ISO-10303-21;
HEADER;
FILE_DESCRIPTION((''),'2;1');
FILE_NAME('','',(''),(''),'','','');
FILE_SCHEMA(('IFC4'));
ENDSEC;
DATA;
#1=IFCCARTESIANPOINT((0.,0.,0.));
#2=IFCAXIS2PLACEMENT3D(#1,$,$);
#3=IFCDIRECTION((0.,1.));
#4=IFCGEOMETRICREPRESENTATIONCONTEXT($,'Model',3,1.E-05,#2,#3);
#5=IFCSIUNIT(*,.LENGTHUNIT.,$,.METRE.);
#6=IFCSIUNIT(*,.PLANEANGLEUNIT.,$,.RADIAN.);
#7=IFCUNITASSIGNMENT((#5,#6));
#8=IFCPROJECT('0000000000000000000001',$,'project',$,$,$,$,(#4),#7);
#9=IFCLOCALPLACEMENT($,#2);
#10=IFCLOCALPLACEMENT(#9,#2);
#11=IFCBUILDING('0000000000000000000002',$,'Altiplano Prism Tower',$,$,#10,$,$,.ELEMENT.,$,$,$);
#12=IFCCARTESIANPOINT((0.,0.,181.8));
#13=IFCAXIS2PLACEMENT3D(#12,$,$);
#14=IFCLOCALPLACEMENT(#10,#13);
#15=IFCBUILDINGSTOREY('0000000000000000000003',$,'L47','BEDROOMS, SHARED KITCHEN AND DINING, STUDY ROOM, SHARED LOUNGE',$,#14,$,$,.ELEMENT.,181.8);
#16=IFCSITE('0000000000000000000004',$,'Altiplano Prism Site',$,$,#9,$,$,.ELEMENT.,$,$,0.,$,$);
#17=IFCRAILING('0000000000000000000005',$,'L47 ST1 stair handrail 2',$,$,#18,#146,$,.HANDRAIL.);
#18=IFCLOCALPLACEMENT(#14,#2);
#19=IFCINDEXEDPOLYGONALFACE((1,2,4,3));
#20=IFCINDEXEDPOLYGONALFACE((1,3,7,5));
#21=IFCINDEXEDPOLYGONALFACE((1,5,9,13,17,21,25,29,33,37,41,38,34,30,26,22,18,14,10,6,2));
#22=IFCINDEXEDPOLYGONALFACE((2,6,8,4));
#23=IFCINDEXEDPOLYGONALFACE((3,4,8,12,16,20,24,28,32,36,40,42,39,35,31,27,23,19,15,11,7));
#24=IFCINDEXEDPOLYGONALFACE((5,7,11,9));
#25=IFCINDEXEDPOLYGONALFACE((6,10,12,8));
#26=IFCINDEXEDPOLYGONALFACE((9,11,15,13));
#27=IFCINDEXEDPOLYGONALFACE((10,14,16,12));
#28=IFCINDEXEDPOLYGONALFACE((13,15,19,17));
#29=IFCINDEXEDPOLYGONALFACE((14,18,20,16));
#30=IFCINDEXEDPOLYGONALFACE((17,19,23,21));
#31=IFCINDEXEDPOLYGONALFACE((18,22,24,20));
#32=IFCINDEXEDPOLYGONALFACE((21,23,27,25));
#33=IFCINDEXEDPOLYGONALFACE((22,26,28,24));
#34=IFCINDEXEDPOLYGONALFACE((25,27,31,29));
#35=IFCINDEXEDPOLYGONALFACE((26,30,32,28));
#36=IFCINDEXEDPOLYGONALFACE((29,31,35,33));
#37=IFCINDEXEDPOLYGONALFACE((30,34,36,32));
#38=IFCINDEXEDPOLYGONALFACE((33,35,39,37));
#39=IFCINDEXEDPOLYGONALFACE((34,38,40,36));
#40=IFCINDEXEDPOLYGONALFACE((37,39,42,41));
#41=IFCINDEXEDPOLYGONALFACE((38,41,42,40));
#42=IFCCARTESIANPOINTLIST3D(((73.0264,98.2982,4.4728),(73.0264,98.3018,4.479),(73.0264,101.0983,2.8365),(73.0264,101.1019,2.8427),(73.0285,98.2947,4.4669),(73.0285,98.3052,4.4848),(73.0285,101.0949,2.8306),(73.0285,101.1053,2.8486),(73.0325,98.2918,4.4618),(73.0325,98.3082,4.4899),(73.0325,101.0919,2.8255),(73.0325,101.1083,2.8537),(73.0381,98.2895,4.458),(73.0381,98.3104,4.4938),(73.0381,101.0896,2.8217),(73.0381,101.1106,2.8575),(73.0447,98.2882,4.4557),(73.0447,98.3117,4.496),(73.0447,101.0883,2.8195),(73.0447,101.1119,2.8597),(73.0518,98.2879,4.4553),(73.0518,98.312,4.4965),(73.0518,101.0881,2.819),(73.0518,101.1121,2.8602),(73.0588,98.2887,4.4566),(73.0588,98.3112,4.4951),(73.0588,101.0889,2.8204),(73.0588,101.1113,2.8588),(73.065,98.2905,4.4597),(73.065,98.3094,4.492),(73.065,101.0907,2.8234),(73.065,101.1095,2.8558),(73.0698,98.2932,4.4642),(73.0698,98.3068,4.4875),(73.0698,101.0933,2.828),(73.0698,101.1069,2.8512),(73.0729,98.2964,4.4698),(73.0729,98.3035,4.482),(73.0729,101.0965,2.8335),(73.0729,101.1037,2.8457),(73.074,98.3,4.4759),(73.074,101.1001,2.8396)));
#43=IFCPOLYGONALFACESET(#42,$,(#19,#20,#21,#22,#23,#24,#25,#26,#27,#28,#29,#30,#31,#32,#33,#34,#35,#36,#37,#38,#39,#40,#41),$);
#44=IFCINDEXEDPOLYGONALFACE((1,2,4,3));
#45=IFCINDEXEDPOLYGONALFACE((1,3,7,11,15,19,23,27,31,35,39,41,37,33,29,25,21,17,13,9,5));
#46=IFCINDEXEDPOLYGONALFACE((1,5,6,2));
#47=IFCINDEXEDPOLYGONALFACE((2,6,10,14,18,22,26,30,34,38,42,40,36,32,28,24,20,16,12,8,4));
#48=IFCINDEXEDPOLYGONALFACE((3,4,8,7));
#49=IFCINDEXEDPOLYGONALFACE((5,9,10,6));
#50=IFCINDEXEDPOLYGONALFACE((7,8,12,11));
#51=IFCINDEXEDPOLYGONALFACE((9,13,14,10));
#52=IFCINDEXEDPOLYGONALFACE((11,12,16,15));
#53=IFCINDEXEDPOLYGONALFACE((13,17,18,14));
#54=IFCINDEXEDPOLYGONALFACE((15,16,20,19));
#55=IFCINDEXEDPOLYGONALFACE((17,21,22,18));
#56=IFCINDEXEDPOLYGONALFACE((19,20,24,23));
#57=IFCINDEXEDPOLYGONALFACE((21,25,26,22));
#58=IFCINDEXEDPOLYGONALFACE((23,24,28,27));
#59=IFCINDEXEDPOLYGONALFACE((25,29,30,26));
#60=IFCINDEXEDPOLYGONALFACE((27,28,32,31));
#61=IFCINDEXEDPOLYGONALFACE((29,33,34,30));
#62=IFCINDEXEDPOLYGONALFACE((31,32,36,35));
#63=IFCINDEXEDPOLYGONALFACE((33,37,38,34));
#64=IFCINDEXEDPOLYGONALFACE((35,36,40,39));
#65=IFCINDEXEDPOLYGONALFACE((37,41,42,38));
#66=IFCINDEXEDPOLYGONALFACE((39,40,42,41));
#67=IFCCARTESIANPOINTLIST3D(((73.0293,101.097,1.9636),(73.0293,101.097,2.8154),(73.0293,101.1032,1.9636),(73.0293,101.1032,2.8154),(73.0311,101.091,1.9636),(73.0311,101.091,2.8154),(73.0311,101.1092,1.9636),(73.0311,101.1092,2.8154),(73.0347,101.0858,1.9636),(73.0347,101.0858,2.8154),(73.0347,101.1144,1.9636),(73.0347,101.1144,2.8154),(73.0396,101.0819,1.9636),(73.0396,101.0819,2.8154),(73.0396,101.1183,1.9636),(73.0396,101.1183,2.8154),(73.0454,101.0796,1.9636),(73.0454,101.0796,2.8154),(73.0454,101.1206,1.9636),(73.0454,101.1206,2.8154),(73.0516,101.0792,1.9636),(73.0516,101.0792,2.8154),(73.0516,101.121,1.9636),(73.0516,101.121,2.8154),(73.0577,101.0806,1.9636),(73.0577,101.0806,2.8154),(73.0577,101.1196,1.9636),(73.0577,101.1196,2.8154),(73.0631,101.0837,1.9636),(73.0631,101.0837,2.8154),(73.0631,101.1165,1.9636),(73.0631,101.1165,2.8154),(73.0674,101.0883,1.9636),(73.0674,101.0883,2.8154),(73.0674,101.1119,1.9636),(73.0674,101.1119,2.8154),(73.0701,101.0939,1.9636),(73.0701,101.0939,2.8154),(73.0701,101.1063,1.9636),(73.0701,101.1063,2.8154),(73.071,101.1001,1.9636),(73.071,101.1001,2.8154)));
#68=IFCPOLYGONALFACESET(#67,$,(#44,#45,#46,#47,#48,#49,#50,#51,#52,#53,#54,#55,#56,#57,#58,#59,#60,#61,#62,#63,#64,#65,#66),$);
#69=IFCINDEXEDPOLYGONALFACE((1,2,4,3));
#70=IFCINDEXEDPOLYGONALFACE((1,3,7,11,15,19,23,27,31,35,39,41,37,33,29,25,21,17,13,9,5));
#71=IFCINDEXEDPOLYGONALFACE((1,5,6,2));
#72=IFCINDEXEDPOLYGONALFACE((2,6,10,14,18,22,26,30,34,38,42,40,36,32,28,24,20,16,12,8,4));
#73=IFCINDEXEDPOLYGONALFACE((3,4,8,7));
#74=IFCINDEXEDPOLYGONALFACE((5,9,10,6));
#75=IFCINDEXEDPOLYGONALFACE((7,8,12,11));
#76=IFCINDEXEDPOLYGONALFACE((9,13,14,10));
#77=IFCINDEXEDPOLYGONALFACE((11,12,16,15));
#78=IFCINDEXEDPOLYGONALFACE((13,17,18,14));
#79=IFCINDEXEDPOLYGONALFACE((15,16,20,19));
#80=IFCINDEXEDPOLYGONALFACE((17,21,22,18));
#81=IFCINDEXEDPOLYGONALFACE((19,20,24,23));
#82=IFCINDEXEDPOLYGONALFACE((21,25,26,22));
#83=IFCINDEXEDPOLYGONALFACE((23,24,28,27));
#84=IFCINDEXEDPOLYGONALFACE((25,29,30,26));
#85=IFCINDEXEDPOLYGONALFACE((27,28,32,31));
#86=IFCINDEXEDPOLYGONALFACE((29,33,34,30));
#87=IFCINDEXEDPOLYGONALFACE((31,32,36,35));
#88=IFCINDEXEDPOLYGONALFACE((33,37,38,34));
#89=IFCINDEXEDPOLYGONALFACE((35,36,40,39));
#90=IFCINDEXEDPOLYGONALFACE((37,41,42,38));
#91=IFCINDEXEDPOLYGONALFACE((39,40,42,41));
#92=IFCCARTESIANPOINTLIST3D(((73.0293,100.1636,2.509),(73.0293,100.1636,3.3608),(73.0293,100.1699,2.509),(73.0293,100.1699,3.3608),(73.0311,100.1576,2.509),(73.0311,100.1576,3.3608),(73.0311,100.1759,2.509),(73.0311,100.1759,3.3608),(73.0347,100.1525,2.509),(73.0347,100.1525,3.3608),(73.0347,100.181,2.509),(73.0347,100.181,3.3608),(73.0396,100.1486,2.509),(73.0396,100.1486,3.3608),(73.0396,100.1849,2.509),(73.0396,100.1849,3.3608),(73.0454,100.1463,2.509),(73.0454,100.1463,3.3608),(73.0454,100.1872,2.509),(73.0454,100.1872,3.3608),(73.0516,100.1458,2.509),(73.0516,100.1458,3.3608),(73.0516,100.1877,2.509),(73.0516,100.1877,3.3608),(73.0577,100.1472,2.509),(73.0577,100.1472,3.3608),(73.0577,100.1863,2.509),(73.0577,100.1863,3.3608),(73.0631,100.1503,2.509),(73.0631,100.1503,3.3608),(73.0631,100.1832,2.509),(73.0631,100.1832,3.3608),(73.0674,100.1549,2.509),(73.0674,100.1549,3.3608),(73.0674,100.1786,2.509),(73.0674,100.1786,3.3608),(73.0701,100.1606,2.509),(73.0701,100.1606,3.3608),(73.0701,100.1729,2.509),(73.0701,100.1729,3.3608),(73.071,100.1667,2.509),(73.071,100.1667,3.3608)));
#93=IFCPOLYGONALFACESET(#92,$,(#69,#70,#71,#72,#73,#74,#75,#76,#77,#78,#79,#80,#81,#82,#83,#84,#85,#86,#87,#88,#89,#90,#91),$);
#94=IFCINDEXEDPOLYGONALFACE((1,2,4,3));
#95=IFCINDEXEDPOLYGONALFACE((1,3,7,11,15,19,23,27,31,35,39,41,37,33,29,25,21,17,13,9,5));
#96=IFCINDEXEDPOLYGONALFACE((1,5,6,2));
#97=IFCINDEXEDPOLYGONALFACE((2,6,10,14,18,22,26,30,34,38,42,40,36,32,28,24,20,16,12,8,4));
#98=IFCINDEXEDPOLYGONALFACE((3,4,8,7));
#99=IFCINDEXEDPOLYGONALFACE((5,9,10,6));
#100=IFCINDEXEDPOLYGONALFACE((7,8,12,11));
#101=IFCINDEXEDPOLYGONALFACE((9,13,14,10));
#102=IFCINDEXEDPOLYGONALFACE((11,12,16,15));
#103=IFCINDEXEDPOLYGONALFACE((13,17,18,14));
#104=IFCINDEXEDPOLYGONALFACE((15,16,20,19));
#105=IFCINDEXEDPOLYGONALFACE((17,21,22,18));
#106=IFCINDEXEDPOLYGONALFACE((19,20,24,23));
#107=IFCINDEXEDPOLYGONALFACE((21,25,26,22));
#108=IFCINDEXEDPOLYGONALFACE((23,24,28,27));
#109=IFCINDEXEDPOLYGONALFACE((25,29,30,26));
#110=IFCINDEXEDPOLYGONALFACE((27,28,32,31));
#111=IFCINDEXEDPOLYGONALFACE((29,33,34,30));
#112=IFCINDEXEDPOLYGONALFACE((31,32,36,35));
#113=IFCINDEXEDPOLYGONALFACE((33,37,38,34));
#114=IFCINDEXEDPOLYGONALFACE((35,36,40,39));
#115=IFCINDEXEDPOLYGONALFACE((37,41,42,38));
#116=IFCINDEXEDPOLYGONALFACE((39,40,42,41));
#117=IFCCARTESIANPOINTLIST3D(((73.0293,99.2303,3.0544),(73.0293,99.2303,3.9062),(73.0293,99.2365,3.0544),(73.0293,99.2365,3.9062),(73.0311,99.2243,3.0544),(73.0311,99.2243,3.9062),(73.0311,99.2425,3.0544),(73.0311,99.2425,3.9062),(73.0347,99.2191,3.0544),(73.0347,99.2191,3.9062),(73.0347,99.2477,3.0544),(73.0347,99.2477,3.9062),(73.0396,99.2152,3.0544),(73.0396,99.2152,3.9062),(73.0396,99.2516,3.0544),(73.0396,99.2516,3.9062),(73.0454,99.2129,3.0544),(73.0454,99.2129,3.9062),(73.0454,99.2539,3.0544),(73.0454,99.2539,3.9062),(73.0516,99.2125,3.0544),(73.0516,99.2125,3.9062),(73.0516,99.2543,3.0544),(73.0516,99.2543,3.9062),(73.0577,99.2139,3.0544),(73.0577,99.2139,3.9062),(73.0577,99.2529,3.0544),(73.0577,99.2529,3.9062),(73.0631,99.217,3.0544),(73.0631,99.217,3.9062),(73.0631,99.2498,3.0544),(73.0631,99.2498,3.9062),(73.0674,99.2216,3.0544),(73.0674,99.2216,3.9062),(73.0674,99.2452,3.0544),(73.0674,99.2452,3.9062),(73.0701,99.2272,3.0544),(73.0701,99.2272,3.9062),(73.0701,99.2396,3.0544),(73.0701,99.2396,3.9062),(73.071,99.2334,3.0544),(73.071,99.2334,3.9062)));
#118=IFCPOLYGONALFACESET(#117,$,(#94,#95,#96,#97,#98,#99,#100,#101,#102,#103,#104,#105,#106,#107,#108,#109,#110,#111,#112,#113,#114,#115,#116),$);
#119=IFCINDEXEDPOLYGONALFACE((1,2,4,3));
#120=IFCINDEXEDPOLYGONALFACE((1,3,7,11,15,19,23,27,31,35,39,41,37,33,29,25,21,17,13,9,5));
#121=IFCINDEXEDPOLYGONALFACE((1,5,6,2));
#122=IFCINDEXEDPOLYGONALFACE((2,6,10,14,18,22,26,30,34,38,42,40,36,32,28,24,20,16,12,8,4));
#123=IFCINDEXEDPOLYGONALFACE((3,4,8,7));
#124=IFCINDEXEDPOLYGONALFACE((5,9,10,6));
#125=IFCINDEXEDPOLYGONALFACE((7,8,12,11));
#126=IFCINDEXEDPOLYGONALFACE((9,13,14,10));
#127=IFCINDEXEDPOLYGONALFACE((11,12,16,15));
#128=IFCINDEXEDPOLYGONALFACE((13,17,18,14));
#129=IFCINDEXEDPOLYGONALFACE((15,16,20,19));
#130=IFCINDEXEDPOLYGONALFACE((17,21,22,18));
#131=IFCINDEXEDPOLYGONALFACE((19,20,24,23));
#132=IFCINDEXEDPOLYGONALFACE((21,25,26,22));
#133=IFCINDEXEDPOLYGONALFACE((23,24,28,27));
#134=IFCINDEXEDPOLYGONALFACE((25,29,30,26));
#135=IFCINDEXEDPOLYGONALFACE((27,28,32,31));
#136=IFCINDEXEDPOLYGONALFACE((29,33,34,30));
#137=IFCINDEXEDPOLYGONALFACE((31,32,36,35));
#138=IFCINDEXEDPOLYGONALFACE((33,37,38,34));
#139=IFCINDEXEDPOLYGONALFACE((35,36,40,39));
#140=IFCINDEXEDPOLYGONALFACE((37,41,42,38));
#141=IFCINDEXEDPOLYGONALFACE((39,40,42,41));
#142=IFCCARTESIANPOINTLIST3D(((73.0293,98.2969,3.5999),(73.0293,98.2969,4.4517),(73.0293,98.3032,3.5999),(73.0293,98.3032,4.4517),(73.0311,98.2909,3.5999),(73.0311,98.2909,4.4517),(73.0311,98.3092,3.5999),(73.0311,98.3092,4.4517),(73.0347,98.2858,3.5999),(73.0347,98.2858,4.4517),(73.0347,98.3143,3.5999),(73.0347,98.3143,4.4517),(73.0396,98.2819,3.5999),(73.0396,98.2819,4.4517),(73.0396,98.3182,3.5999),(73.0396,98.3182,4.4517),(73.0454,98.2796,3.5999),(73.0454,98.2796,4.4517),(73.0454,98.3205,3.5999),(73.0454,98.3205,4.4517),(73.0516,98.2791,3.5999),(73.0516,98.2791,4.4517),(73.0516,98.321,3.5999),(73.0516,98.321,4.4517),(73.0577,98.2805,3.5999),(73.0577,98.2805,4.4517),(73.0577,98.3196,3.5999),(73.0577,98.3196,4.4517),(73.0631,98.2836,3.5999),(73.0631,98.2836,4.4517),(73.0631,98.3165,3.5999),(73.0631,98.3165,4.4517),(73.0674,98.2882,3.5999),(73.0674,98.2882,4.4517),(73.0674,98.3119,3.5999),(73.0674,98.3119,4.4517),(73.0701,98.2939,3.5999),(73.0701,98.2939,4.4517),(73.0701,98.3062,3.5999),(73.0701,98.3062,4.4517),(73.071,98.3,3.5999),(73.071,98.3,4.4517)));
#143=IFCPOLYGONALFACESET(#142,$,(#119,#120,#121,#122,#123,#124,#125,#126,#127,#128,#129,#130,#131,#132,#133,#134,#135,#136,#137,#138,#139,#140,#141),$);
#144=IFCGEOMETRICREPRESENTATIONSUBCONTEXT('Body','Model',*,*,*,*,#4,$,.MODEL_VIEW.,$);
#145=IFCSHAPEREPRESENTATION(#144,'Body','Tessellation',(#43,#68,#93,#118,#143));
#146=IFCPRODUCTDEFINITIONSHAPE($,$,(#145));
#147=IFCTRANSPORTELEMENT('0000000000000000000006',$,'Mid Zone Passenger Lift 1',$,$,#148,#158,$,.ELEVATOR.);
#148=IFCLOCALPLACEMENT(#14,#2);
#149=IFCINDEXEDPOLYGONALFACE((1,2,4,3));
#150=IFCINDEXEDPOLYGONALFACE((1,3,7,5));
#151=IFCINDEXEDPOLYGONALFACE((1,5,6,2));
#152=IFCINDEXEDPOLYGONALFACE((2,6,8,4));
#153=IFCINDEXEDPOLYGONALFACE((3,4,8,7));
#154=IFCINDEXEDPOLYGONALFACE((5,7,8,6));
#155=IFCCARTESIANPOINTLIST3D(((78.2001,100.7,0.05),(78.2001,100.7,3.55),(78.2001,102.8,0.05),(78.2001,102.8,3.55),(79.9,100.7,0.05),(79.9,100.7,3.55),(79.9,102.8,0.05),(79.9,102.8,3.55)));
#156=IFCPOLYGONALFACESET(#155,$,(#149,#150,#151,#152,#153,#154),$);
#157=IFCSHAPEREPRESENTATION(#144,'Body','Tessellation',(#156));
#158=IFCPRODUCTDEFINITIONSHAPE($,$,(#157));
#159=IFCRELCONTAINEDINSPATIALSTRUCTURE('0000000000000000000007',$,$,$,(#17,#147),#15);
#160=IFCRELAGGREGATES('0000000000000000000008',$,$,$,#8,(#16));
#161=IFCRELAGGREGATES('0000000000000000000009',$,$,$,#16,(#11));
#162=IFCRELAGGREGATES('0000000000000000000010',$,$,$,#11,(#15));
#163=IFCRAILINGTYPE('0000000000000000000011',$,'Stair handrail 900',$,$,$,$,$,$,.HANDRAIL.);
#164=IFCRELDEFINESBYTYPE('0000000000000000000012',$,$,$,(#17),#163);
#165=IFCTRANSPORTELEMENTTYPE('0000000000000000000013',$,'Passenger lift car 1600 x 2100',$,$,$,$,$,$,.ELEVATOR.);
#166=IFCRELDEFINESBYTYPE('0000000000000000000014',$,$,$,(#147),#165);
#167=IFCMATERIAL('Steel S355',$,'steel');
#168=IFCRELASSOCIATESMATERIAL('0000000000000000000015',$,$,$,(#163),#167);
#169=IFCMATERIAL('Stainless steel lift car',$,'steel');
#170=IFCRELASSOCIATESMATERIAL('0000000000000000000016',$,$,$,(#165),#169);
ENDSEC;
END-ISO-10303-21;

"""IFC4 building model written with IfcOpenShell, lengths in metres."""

from ifc_helpers import new_model, si_unit, direction, frame, origin, origin_2d, place, context, subcontext, project, spatial, rectangle, circle, extrude, material, type_object, element, save


model = new_model("IFC4")

# Units and contexts
model_context = context("Model", 3, precision=1e-05, world=origin(), true_north=direction((0.0, 1.0)))
body_context = subcontext(model_context, "Body", "Model", "MODEL_VIEW")
ifc_project = project(units=[si_unit("LENGTHUNIT", "METRE"), si_unit("PLANEANGLEUNIT", "RADIAN")], contexts=[model_context])

# Site, building, storey
site_placement = place(None, origin())
site = spatial("IfcSite", under=ifc_project, at=site_placement, Name="Altiplano Prism Site", CompositionType="ELEMENT", RefElevation=0.0)
building_placement = place(site_placement, origin())
building = spatial("IfcBuilding", under=site, at=building_placement, Name="Altiplano Prism Tower", CompositionType="ELEMENT")
storey_placement = place(building_placement, frame((0.0, 0.0, 181.8)))
storey = spatial("IfcBuildingStorey", under=building, at=storey_placement, Name="L47", Description="BEDROOMS, SHARED KITCHEN AND DINING, STUDY ROOM, SHARED LOUNGE", CompositionType="ELEMENT", Elevation=181.8)

# Railing
ifc_material_1 = material(Name="Steel S355", Category="steel")
railing_type_1 = type_object("IfcRailingType", Name="Stair handrail 900", PredefinedType="HANDRAIL", material=ifc_material_1)
railing_1_placement = place(storey_placement, frame((73.05, 101.1001, 1.9636)))
element("IfcRailing", 1, at=railing_1_placement, inside=storey, type_object=railing_type_1, Name="L47 ST1 stair handrail 2", PredefinedType="HANDRAIL", context=body_context, shape_type="SweptSolid", body=[
    extrude(circle(Radius=0.0239, at=origin_2d()), frame((0.0, 0.0, 0.876), z_axis=(0.0, -0.863394, 0.504531), x_axis=(1.0, 0.0, 0.0)), (0.0, 0.0, 1.0), 3.2432),
    extrude(circle(Radius=0.021, at=origin_2d()), origin(), (0.0, 0.0, 1.0), 0.8518),
    extrude(circle(Radius=0.021, at=origin_2d()), frame((0.0, -0.9333, 0.5454)), (0.0, 0.0, 1.0), 0.8518),
    extrude(circle(Radius=0.021, at=origin_2d()), frame((0.0, -1.8667, 1.0908)), (0.0, 0.0, 1.0), 0.8518),
    extrude(circle(Radius=0.021, at=origin_2d()), frame((0.0, -2.8, 1.6362)), (0.0, 0.0, 1.0), 0.8518),
])

# Transport element
ifc_material_2 = material(Name="Stainless steel lift car", Category="steel")
transport_element_type = type_object("IfcTransportElementType", Name="Passenger lift car 1600 x 2100", PredefinedType="ELEVATOR", material=ifc_material_2)
transport_element_placement = place(storey_placement, frame((79.05, 101.75, 0.05), z_axis=(0.0, 0.0, 1.0), x_axis=(1.0, 0.0, 0.0)))
element("IfcTransportElement", 2, at=transport_element_placement, inside=storey, type_object=transport_element_type, Name="Mid Zone Passenger Lift 1", PredefinedType="ELEVATOR", context=body_context, shape_type="SweptSolid", body=[
    extrude(rectangle(XDim=1.7, YDim=2.1001, at=origin_2d()), origin(), (0.0, 0.0, 1.0), 3.5),
])

save(model, "model.ifc")
